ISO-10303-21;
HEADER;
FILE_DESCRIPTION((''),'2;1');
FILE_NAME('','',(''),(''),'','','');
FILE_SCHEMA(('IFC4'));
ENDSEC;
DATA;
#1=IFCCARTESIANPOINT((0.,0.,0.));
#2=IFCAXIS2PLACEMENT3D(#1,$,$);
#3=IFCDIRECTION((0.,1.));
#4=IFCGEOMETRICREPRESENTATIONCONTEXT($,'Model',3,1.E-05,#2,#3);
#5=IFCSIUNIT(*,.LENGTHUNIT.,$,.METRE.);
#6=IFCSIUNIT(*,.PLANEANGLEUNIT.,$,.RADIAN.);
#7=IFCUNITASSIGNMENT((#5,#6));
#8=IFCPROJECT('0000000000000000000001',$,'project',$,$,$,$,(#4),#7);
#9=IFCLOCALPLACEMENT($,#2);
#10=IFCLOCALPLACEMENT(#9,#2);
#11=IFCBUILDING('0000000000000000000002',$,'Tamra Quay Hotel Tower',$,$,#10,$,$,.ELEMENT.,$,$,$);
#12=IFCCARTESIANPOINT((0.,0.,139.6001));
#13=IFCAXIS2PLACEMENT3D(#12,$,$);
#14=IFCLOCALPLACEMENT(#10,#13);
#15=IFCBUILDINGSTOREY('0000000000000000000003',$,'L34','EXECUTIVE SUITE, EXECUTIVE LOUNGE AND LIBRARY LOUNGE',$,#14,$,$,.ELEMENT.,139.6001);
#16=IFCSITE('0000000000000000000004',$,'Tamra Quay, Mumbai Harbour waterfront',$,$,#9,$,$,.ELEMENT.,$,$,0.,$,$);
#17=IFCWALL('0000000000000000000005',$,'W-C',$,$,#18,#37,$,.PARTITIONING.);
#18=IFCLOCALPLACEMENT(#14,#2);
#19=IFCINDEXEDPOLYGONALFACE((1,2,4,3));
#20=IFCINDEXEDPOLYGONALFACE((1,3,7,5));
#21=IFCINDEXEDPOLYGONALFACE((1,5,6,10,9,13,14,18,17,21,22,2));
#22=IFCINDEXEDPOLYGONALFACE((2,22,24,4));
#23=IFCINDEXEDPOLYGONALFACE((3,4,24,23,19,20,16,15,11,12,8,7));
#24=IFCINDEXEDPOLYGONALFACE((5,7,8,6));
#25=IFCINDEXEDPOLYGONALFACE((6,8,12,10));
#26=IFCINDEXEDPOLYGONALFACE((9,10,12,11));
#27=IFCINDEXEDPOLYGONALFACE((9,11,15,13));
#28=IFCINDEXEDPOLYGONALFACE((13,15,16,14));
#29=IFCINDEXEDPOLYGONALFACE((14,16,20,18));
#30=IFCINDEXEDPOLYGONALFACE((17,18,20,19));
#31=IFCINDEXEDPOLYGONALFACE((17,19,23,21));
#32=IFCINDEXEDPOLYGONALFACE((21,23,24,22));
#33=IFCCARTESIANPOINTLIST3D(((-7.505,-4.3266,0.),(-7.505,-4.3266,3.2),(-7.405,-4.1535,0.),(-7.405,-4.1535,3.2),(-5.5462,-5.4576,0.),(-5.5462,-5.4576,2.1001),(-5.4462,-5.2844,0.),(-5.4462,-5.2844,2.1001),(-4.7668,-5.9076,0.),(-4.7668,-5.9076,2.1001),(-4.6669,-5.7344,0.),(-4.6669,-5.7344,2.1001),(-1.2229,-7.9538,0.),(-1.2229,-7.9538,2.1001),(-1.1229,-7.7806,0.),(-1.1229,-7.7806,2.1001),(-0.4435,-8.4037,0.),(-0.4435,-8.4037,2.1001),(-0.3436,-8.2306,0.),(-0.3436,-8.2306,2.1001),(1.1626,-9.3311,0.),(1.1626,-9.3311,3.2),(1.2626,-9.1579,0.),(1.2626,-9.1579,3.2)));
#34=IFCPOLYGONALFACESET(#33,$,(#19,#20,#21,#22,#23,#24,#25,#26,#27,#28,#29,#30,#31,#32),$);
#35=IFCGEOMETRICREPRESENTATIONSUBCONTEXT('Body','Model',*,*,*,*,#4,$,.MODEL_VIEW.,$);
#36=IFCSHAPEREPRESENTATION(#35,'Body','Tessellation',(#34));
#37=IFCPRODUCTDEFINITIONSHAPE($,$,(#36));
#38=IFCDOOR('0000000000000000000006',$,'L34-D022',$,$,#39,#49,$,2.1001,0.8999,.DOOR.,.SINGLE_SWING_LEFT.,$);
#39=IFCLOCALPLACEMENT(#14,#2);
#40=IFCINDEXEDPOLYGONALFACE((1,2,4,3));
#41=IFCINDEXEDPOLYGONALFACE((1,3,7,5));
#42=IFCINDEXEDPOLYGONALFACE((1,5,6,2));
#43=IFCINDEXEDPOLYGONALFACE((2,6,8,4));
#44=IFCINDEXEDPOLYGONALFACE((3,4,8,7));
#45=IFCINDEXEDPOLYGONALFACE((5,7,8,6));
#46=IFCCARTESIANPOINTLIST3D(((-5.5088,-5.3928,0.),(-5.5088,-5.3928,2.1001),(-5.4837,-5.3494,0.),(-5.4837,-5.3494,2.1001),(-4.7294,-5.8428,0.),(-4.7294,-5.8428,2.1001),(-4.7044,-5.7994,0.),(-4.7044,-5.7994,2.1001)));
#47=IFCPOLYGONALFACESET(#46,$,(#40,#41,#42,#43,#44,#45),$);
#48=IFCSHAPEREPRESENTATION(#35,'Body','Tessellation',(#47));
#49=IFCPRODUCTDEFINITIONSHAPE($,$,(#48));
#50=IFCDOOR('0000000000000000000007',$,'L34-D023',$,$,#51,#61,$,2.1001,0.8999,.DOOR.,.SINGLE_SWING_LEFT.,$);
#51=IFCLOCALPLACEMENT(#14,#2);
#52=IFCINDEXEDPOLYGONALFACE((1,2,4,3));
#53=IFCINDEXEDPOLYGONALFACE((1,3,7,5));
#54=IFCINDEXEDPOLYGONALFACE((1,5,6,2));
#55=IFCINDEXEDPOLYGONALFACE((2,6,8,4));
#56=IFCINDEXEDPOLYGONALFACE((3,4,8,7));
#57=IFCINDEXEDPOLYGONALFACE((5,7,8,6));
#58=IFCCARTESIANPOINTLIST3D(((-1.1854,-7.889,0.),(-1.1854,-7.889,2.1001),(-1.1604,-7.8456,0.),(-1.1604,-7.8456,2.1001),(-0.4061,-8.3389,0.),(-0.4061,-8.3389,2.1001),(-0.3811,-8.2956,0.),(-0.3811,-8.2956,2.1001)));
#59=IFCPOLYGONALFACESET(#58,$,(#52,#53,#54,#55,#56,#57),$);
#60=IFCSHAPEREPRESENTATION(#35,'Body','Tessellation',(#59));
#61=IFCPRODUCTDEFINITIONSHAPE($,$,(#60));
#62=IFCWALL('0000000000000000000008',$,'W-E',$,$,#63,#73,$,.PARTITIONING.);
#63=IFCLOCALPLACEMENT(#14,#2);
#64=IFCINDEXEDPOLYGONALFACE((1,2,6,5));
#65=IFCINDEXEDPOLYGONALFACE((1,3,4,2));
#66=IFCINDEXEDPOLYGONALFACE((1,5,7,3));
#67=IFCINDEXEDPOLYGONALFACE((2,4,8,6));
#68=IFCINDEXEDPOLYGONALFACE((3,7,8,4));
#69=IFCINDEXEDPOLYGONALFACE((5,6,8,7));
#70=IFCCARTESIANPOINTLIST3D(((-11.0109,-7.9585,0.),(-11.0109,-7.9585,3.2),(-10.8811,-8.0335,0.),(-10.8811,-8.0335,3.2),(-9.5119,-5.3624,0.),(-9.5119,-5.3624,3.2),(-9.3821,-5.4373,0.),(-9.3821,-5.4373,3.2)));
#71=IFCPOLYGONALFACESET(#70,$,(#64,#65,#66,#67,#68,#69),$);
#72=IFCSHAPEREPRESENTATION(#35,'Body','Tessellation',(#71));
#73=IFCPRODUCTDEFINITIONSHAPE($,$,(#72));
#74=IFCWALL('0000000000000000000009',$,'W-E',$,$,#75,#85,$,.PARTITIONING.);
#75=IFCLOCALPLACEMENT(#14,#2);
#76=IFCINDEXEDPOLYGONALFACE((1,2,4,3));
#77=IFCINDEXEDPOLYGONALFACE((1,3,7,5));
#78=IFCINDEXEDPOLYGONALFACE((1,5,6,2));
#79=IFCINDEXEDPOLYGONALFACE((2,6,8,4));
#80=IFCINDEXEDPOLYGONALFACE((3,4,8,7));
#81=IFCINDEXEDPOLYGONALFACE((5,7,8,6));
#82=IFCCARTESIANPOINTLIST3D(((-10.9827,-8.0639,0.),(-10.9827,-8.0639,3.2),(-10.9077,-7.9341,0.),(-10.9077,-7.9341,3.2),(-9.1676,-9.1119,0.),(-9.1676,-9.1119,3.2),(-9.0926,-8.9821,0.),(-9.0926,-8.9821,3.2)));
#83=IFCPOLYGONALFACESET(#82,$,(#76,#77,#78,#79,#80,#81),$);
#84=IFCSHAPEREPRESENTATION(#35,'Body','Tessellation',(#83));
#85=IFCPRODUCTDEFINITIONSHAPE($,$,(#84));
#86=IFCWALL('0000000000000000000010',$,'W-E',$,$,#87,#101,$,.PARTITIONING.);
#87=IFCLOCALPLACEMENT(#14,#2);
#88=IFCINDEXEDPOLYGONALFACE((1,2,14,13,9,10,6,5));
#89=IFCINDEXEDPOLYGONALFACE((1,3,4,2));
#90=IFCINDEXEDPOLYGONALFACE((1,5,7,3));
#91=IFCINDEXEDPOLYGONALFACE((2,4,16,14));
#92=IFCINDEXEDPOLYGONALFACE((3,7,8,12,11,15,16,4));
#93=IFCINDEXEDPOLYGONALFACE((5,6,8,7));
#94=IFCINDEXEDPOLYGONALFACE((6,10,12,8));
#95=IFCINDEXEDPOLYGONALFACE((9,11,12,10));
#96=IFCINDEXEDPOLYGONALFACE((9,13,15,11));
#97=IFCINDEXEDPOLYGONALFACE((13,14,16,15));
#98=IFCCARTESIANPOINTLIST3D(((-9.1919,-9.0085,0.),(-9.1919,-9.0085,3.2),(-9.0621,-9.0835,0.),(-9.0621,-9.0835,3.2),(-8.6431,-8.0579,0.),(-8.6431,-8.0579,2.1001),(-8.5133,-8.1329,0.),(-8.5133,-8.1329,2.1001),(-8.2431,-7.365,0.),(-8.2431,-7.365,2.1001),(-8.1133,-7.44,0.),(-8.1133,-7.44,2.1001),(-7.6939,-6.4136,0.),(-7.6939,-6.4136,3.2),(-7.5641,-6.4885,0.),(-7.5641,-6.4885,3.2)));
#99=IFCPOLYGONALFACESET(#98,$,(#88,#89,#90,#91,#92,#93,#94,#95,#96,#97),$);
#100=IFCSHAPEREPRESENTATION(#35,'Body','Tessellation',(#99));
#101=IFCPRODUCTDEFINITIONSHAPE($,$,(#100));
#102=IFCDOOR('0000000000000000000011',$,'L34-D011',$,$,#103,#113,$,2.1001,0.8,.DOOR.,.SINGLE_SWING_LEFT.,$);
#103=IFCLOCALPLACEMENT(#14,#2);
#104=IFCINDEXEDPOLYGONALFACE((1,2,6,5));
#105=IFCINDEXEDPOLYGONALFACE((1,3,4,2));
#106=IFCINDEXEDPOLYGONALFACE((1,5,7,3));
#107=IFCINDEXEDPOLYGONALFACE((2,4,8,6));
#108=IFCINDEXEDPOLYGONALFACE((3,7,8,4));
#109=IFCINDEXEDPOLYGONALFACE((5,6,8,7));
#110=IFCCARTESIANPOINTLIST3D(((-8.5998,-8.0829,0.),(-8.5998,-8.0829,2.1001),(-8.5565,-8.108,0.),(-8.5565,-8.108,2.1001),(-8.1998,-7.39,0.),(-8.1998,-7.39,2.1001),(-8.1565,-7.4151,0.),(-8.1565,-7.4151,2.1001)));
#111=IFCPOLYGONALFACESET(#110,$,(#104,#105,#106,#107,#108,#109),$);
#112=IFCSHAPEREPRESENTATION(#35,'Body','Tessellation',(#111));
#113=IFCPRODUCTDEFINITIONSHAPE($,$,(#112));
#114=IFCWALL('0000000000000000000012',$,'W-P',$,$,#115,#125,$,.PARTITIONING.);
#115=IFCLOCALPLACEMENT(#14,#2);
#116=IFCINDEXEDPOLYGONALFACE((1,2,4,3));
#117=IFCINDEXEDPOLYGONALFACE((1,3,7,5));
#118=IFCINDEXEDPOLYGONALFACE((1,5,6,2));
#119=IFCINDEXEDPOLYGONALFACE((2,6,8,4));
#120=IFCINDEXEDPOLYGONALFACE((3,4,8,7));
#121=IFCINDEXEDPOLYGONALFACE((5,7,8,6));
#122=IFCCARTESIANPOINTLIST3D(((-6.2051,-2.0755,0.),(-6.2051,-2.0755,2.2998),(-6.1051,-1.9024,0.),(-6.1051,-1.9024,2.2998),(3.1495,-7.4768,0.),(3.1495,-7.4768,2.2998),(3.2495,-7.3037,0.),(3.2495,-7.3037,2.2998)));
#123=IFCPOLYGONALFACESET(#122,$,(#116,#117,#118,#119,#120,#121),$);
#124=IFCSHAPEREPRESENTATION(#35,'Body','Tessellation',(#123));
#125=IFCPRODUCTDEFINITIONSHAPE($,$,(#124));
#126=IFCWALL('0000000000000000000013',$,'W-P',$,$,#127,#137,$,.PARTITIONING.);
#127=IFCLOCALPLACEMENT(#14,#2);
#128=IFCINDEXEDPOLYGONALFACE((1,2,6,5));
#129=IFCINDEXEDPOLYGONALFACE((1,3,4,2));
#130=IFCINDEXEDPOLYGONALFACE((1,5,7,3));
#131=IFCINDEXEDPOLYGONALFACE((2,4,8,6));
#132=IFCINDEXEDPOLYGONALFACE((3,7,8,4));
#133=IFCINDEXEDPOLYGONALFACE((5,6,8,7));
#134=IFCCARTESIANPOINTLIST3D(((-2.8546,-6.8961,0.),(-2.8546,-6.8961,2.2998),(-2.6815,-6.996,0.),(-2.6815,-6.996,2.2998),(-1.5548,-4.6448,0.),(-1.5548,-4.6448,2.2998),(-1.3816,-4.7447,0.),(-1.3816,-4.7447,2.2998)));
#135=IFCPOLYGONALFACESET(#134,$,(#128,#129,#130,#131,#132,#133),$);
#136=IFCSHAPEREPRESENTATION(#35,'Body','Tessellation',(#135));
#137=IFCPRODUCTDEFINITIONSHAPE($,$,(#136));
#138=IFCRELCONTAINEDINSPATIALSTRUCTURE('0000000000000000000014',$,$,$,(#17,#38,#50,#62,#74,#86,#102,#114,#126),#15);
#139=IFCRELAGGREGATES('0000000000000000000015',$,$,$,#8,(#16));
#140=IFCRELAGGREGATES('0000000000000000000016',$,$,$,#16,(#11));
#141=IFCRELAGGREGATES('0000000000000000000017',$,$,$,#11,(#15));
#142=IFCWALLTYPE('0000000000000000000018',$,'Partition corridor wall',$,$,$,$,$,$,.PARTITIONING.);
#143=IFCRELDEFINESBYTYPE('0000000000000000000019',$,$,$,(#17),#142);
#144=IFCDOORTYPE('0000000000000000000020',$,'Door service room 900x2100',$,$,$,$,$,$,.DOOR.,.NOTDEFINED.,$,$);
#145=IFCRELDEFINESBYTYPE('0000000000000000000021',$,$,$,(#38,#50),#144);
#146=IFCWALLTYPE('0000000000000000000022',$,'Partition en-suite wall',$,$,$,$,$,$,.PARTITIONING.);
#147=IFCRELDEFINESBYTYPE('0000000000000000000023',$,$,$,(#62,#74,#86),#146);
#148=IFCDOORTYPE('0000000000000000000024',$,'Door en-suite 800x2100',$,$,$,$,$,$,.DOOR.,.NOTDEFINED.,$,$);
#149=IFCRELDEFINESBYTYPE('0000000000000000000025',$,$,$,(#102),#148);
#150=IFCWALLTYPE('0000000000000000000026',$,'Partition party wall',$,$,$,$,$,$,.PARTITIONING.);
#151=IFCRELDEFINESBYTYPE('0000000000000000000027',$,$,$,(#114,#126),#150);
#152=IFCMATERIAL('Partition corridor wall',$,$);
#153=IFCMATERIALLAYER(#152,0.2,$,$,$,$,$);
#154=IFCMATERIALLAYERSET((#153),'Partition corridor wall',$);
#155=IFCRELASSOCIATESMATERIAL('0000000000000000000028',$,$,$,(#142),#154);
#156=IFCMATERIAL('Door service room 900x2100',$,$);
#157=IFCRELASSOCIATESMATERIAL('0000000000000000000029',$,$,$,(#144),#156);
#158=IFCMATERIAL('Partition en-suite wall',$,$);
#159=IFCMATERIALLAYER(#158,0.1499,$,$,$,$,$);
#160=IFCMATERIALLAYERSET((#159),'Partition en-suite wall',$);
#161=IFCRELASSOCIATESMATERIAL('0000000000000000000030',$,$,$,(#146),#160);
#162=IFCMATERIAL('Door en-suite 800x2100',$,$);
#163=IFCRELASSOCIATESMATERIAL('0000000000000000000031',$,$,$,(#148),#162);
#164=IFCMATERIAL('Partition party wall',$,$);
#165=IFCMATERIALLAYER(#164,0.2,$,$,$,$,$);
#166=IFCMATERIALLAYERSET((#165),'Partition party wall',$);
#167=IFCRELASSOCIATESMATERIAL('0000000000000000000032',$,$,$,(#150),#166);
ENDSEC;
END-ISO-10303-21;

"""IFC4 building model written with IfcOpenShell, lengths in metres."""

from ifc_helpers import new_model, si_unit, direction, frame, frame_2d, origin, place, context, subcontext, project, spatial, rectangle, extrude, material, layer, layer_set, type_object, element, fill, save


model = new_model("IFC4")

# Units and contexts
model_context = context("Model", 3, precision=1e-05, world=origin(), true_north=direction((0.0, 1.0)))
body_context = subcontext(model_context, "Body", "Model", "MODEL_VIEW")
ifc_project = project(units=[si_unit("LENGTHUNIT", "METRE"), si_unit("PLANEANGLEUNIT", "RADIAN")], contexts=[model_context])

# Site, building, storey
site_placement = place(None, origin())
site = spatial("IfcSite", under=ifc_project, at=site_placement, Name="Tamra Quay, Mumbai Harbour waterfront", CompositionType="ELEMENT", RefElevation=0.0)
building_placement = place(site_placement, origin())
building = spatial("IfcBuilding", under=site, at=building_placement, Name="Tamra Quay Hotel Tower", CompositionType="ELEMENT")
storey_placement = place(building_placement, frame((0.0, 0.0, 139.6001)))
storey = spatial("IfcBuildingStorey", under=building, at=storey_placement, Name="L34", Description="EXECUTIVE SUITE, EXECUTIVE LOUNGE AND LIBRARY LOUNGE", CompositionType="ELEMENT", Elevation=139.6001)

# Shared definitions
ifc_material_1 = material(Name="Partition corridor wall")
ifc_layer_1 = layer(ifc_material_1, 0.2)
ifc_layer_set_1 = layer_set([ifc_layer_1], Name="Partition corridor wall")
wall_type_1 = type_object("IfcWallType", Name="Partition corridor wall", PredefinedType="PARTITIONING", material=ifc_layer_set_1)

# Wall, openings, doors
wall_1_placement = place(storey_placement, frame((-7.4551, -4.24, 0.0), z_axis=(0.0, 0.0, 1.0), x_axis=(0.866016, -0.500017, 0.0)))
wall_1 = element("IfcWall", 1, at=wall_1_placement, inside=storey, type_object=wall_type_1, Name="W-C", PredefinedType="PARTITIONING", context=body_context, shape_type="SweptSolid", body=[
    extrude(rectangle(XDim=10.0085, YDim=0.2, at=frame_2d((5.0044, 0.0))), origin(), (0.0, 0.0, 1.0), 3.2),
])
opening_1_placement = place(wall_1_placement, frame((2.262, 0.0, 0.0)))
opening_1 = element("IfcOpeningElement", 2, at=opening_1_placement, cuts=wall_1, PredefinedType="OPENING", context=body_context, shape_type="SweptSolid", body=[
    extrude(rectangle(XDim=0.8999, YDim=2.1001, at=frame_2d((0.45, 1.05))), frame((0.0, 0.1099, 0.0), z_axis=(0.0, -1.0, 0.0), x_axis=(1.0, 0.0, 0.0)), (0.0, 0.0, 1.0), 0.22),
])
opening_2_placement = place(wall_1_placement, frame((7.2542, 0.0, 0.0)))
opening_2 = element("IfcOpeningElement", 3, at=opening_2_placement, cuts=wall_1, PredefinedType="OPENING", context=body_context, shape_type="SweptSolid", body=[
    extrude(rectangle(XDim=0.8999, YDim=2.1001, at=frame_2d((0.45, 1.05))), frame((0.0, 0.1099, 0.0), z_axis=(0.0, -1.0, 0.0), x_axis=(1.0, 0.0, 0.0)), (0.0, 0.0, 1.0), 0.22),
])
ifc_material_2 = material(Name="Door service room 900x2100")
door_type_1 = type_object("IfcDoorType", Name="Door service room 900x2100", OperationType="NOTDEFINED", PredefinedType="DOOR", material=ifc_material_2)
door_1_placement = place(opening_1_placement, origin())
door_1 = element("IfcDoor", 4, at=door_1_placement, inside=storey, type_object=door_type_1, Name="L34-D022", OperationType="SINGLE_SWING_LEFT", OverallHeight=2.1001, OverallWidth=0.8999, PredefinedType="DOOR", context=body_context, shape_type="SweptSolid", body=[
    extrude(rectangle(XDim=0.8999, YDim=2.1001, at=frame_2d((0.45, 1.05))), frame((0.0, 0.0249, 0.0), z_axis=(0.0, -1.0, 0.0), x_axis=(1.0, 0.0, 0.0)), (0.0, 0.0, 1.0), 0.05),
])
fill(opening_1, door_1)
door_2_placement = place(opening_2_placement, origin())
door_2 = element("IfcDoor", 5, at=door_2_placement, inside=storey, type_object=door_type_1, Name="L34-D023", OperationType="SINGLE_SWING_LEFT", OverallHeight=2.1001, OverallWidth=0.8999, PredefinedType="DOOR", context=body_context, shape_type="SweptSolid", body=[
    extrude(rectangle(XDim=0.8999, YDim=2.1001, at=frame_2d((0.45, 1.05))), frame((0.0, 0.0249, 0.0), z_axis=(0.0, -1.0, 0.0), x_axis=(1.0, 0.0, 0.0)), (0.0, 0.0, 1.0), 0.05),
])
fill(opening_2, door_2)

# Walls
ifc_material_3 = material(Name="Partition en-suite wall")
ifc_layer_2 = layer(ifc_material_3, 0.1499)
ifc_layer_set_2 = layer_set([ifc_layer_2], Name="Partition en-suite wall")
wall_type_2 = type_object("IfcWallType", Name="Partition en-suite wall", PredefinedType="PARTITIONING", material=ifc_layer_set_2)
wall_2_placement = place(storey_placement, frame((-10.946, -7.9961, 0.0), z_axis=(0.0, 0.0, 1.0), x_axis=(0.500028, 0.866009, 0.0)))
element("IfcWall", 6, at=wall_2_placement, inside=storey, type_object=wall_type_2, Name="W-E", PredefinedType="PARTITIONING", context=body_context, shape_type="SweptSolid", body=[
    extrude(rectangle(XDim=2.9978, YDim=0.1499, at=frame_2d((1.499, 0.0))), origin(), (0.0, 0.0, 1.0), 3.2),
])
wall_3_placement = place(storey_placement, frame((-10.9451, -7.999, 0.0), z_axis=(0.0, 0.0, 1.0), x_axis=(0.866005, -0.500035, 0.0)))
element("IfcWall", 7, at=wall_3_placement, inside=storey, type_object=wall_type_2, Name="W-E", PredefinedType="PARTITIONING", context=body_context, shape_type="SweptSolid", body=[
    extrude(rectangle(XDim=2.0959, YDim=0.1499, at=frame_2d((1.0479, 0.0))), origin(), (0.0, 0.0, 1.0), 3.2),
])

# Wall, opening, door
wall_4_placement = place(storey_placement, frame((-9.127, -9.0459, 0.0), z_axis=(0.0, 0.0, 1.0), x_axis=(0.49996, 0.866049, 0.0)))
wall_4 = element("IfcWall", 8, at=wall_4_placement, inside=storey, type_object=wall_type_2, Name="W-E", PredefinedType="PARTITIONING", context=body_context, shape_type="SweptSolid", body=[
    extrude(rectangle(XDim=2.9963, YDim=0.1499, at=frame_2d((1.498, 0.0))), origin(), (0.0, 0.0, 1.0), 3.2),
])
opening_3_placement = place(wall_4_placement, frame((1.0977, 0.0, 0.0)))
opening_3 = element("IfcOpeningElement", 9, at=opening_3_placement, cuts=wall_4, PredefinedType="OPENING", context=body_context, shape_type="SweptSolid", body=[
    extrude(rectangle(XDim=0.8, YDim=2.1001, at=frame_2d((0.3999, 1.05))), frame((0.0, 0.085, 0.0), z_axis=(0.0, -1.0, 0.0), x_axis=(1.0, 0.0, 0.0)), (0.0, 0.0, 1.0), 0.1699),
])
ifc_material_4 = material(Name="Door en-suite 800x2100")
door_type_2 = type_object("IfcDoorType", Name="Door en-suite 800x2100", OperationType="NOTDEFINED", PredefinedType="DOOR", material=ifc_material_4)
door_3_placement = place(opening_3_placement, origin())
door_3 = element("IfcDoor", 10, at=door_3_placement, inside=storey, type_object=door_type_2, Name="L34-D011", OperationType="SINGLE_SWING_LEFT", OverallHeight=2.1001, OverallWidth=0.8, PredefinedType="DOOR", context=body_context, shape_type="SweptSolid", body=[
    extrude(rectangle(XDim=0.8, YDim=2.1001, at=frame_2d((0.3999, 1.05))), frame((0.0, 0.0249, 0.0), z_axis=(0.0, -1.0, 0.0), x_axis=(1.0, 0.0, 0.0)), (0.0, 0.0, 1.0), 0.05),
])
fill(opening_3, door_3)

# Walls
ifc_material_5 = material(Name="Partition party wall")
ifc_layer_3 = layer(ifc_material_5, 0.2)
ifc_layer_set_3 = layer_set([ifc_layer_3], Name="Partition party wall")
wall_type_3 = type_object("IfcWallType", Name="Partition party wall", PredefinedType="PARTITIONING", material=ifc_layer_set_3)
wall_5_placement = place(storey_placement, frame((-6.155, -1.989, 0.0), z_axis=(0.0, 0.0, 1.0), x_axis=(0.866009, -0.500028, 0.0)))
element("IfcWall", 11, at=wall_5_placement, inside=storey, type_object=wall_type_3, Name="W-P", PredefinedType="PARTITIONING", context=body_context, shape_type="SweptSolid", body=[
    extrude(rectangle(XDim=10.802, YDim=0.2, at=frame_2d((5.4009, 0.0))), origin(), (0.0, 0.0, 1.0), 2.2998),
])
wall_6_placement = place(storey_placement, frame((-2.7681, -6.946, 0.0), z_axis=(0.0, 0.0, 1.0), x_axis=(0.500018, 0.866015, 0.0)))
element("IfcWall", 12, at=wall_6_placement, inside=storey, type_object=wall_type_3, Name="W-P", PredefinedType="PARTITIONING", context=body_context, shape_type="SweptSolid", body=[
    extrude(rectangle(XDim=2.5996, YDim=0.2, at=frame_2d((1.2998, 0.0))), origin(), (0.0, 0.0, 1.0), 2.2998),
])

save(model, "model.ifc")
